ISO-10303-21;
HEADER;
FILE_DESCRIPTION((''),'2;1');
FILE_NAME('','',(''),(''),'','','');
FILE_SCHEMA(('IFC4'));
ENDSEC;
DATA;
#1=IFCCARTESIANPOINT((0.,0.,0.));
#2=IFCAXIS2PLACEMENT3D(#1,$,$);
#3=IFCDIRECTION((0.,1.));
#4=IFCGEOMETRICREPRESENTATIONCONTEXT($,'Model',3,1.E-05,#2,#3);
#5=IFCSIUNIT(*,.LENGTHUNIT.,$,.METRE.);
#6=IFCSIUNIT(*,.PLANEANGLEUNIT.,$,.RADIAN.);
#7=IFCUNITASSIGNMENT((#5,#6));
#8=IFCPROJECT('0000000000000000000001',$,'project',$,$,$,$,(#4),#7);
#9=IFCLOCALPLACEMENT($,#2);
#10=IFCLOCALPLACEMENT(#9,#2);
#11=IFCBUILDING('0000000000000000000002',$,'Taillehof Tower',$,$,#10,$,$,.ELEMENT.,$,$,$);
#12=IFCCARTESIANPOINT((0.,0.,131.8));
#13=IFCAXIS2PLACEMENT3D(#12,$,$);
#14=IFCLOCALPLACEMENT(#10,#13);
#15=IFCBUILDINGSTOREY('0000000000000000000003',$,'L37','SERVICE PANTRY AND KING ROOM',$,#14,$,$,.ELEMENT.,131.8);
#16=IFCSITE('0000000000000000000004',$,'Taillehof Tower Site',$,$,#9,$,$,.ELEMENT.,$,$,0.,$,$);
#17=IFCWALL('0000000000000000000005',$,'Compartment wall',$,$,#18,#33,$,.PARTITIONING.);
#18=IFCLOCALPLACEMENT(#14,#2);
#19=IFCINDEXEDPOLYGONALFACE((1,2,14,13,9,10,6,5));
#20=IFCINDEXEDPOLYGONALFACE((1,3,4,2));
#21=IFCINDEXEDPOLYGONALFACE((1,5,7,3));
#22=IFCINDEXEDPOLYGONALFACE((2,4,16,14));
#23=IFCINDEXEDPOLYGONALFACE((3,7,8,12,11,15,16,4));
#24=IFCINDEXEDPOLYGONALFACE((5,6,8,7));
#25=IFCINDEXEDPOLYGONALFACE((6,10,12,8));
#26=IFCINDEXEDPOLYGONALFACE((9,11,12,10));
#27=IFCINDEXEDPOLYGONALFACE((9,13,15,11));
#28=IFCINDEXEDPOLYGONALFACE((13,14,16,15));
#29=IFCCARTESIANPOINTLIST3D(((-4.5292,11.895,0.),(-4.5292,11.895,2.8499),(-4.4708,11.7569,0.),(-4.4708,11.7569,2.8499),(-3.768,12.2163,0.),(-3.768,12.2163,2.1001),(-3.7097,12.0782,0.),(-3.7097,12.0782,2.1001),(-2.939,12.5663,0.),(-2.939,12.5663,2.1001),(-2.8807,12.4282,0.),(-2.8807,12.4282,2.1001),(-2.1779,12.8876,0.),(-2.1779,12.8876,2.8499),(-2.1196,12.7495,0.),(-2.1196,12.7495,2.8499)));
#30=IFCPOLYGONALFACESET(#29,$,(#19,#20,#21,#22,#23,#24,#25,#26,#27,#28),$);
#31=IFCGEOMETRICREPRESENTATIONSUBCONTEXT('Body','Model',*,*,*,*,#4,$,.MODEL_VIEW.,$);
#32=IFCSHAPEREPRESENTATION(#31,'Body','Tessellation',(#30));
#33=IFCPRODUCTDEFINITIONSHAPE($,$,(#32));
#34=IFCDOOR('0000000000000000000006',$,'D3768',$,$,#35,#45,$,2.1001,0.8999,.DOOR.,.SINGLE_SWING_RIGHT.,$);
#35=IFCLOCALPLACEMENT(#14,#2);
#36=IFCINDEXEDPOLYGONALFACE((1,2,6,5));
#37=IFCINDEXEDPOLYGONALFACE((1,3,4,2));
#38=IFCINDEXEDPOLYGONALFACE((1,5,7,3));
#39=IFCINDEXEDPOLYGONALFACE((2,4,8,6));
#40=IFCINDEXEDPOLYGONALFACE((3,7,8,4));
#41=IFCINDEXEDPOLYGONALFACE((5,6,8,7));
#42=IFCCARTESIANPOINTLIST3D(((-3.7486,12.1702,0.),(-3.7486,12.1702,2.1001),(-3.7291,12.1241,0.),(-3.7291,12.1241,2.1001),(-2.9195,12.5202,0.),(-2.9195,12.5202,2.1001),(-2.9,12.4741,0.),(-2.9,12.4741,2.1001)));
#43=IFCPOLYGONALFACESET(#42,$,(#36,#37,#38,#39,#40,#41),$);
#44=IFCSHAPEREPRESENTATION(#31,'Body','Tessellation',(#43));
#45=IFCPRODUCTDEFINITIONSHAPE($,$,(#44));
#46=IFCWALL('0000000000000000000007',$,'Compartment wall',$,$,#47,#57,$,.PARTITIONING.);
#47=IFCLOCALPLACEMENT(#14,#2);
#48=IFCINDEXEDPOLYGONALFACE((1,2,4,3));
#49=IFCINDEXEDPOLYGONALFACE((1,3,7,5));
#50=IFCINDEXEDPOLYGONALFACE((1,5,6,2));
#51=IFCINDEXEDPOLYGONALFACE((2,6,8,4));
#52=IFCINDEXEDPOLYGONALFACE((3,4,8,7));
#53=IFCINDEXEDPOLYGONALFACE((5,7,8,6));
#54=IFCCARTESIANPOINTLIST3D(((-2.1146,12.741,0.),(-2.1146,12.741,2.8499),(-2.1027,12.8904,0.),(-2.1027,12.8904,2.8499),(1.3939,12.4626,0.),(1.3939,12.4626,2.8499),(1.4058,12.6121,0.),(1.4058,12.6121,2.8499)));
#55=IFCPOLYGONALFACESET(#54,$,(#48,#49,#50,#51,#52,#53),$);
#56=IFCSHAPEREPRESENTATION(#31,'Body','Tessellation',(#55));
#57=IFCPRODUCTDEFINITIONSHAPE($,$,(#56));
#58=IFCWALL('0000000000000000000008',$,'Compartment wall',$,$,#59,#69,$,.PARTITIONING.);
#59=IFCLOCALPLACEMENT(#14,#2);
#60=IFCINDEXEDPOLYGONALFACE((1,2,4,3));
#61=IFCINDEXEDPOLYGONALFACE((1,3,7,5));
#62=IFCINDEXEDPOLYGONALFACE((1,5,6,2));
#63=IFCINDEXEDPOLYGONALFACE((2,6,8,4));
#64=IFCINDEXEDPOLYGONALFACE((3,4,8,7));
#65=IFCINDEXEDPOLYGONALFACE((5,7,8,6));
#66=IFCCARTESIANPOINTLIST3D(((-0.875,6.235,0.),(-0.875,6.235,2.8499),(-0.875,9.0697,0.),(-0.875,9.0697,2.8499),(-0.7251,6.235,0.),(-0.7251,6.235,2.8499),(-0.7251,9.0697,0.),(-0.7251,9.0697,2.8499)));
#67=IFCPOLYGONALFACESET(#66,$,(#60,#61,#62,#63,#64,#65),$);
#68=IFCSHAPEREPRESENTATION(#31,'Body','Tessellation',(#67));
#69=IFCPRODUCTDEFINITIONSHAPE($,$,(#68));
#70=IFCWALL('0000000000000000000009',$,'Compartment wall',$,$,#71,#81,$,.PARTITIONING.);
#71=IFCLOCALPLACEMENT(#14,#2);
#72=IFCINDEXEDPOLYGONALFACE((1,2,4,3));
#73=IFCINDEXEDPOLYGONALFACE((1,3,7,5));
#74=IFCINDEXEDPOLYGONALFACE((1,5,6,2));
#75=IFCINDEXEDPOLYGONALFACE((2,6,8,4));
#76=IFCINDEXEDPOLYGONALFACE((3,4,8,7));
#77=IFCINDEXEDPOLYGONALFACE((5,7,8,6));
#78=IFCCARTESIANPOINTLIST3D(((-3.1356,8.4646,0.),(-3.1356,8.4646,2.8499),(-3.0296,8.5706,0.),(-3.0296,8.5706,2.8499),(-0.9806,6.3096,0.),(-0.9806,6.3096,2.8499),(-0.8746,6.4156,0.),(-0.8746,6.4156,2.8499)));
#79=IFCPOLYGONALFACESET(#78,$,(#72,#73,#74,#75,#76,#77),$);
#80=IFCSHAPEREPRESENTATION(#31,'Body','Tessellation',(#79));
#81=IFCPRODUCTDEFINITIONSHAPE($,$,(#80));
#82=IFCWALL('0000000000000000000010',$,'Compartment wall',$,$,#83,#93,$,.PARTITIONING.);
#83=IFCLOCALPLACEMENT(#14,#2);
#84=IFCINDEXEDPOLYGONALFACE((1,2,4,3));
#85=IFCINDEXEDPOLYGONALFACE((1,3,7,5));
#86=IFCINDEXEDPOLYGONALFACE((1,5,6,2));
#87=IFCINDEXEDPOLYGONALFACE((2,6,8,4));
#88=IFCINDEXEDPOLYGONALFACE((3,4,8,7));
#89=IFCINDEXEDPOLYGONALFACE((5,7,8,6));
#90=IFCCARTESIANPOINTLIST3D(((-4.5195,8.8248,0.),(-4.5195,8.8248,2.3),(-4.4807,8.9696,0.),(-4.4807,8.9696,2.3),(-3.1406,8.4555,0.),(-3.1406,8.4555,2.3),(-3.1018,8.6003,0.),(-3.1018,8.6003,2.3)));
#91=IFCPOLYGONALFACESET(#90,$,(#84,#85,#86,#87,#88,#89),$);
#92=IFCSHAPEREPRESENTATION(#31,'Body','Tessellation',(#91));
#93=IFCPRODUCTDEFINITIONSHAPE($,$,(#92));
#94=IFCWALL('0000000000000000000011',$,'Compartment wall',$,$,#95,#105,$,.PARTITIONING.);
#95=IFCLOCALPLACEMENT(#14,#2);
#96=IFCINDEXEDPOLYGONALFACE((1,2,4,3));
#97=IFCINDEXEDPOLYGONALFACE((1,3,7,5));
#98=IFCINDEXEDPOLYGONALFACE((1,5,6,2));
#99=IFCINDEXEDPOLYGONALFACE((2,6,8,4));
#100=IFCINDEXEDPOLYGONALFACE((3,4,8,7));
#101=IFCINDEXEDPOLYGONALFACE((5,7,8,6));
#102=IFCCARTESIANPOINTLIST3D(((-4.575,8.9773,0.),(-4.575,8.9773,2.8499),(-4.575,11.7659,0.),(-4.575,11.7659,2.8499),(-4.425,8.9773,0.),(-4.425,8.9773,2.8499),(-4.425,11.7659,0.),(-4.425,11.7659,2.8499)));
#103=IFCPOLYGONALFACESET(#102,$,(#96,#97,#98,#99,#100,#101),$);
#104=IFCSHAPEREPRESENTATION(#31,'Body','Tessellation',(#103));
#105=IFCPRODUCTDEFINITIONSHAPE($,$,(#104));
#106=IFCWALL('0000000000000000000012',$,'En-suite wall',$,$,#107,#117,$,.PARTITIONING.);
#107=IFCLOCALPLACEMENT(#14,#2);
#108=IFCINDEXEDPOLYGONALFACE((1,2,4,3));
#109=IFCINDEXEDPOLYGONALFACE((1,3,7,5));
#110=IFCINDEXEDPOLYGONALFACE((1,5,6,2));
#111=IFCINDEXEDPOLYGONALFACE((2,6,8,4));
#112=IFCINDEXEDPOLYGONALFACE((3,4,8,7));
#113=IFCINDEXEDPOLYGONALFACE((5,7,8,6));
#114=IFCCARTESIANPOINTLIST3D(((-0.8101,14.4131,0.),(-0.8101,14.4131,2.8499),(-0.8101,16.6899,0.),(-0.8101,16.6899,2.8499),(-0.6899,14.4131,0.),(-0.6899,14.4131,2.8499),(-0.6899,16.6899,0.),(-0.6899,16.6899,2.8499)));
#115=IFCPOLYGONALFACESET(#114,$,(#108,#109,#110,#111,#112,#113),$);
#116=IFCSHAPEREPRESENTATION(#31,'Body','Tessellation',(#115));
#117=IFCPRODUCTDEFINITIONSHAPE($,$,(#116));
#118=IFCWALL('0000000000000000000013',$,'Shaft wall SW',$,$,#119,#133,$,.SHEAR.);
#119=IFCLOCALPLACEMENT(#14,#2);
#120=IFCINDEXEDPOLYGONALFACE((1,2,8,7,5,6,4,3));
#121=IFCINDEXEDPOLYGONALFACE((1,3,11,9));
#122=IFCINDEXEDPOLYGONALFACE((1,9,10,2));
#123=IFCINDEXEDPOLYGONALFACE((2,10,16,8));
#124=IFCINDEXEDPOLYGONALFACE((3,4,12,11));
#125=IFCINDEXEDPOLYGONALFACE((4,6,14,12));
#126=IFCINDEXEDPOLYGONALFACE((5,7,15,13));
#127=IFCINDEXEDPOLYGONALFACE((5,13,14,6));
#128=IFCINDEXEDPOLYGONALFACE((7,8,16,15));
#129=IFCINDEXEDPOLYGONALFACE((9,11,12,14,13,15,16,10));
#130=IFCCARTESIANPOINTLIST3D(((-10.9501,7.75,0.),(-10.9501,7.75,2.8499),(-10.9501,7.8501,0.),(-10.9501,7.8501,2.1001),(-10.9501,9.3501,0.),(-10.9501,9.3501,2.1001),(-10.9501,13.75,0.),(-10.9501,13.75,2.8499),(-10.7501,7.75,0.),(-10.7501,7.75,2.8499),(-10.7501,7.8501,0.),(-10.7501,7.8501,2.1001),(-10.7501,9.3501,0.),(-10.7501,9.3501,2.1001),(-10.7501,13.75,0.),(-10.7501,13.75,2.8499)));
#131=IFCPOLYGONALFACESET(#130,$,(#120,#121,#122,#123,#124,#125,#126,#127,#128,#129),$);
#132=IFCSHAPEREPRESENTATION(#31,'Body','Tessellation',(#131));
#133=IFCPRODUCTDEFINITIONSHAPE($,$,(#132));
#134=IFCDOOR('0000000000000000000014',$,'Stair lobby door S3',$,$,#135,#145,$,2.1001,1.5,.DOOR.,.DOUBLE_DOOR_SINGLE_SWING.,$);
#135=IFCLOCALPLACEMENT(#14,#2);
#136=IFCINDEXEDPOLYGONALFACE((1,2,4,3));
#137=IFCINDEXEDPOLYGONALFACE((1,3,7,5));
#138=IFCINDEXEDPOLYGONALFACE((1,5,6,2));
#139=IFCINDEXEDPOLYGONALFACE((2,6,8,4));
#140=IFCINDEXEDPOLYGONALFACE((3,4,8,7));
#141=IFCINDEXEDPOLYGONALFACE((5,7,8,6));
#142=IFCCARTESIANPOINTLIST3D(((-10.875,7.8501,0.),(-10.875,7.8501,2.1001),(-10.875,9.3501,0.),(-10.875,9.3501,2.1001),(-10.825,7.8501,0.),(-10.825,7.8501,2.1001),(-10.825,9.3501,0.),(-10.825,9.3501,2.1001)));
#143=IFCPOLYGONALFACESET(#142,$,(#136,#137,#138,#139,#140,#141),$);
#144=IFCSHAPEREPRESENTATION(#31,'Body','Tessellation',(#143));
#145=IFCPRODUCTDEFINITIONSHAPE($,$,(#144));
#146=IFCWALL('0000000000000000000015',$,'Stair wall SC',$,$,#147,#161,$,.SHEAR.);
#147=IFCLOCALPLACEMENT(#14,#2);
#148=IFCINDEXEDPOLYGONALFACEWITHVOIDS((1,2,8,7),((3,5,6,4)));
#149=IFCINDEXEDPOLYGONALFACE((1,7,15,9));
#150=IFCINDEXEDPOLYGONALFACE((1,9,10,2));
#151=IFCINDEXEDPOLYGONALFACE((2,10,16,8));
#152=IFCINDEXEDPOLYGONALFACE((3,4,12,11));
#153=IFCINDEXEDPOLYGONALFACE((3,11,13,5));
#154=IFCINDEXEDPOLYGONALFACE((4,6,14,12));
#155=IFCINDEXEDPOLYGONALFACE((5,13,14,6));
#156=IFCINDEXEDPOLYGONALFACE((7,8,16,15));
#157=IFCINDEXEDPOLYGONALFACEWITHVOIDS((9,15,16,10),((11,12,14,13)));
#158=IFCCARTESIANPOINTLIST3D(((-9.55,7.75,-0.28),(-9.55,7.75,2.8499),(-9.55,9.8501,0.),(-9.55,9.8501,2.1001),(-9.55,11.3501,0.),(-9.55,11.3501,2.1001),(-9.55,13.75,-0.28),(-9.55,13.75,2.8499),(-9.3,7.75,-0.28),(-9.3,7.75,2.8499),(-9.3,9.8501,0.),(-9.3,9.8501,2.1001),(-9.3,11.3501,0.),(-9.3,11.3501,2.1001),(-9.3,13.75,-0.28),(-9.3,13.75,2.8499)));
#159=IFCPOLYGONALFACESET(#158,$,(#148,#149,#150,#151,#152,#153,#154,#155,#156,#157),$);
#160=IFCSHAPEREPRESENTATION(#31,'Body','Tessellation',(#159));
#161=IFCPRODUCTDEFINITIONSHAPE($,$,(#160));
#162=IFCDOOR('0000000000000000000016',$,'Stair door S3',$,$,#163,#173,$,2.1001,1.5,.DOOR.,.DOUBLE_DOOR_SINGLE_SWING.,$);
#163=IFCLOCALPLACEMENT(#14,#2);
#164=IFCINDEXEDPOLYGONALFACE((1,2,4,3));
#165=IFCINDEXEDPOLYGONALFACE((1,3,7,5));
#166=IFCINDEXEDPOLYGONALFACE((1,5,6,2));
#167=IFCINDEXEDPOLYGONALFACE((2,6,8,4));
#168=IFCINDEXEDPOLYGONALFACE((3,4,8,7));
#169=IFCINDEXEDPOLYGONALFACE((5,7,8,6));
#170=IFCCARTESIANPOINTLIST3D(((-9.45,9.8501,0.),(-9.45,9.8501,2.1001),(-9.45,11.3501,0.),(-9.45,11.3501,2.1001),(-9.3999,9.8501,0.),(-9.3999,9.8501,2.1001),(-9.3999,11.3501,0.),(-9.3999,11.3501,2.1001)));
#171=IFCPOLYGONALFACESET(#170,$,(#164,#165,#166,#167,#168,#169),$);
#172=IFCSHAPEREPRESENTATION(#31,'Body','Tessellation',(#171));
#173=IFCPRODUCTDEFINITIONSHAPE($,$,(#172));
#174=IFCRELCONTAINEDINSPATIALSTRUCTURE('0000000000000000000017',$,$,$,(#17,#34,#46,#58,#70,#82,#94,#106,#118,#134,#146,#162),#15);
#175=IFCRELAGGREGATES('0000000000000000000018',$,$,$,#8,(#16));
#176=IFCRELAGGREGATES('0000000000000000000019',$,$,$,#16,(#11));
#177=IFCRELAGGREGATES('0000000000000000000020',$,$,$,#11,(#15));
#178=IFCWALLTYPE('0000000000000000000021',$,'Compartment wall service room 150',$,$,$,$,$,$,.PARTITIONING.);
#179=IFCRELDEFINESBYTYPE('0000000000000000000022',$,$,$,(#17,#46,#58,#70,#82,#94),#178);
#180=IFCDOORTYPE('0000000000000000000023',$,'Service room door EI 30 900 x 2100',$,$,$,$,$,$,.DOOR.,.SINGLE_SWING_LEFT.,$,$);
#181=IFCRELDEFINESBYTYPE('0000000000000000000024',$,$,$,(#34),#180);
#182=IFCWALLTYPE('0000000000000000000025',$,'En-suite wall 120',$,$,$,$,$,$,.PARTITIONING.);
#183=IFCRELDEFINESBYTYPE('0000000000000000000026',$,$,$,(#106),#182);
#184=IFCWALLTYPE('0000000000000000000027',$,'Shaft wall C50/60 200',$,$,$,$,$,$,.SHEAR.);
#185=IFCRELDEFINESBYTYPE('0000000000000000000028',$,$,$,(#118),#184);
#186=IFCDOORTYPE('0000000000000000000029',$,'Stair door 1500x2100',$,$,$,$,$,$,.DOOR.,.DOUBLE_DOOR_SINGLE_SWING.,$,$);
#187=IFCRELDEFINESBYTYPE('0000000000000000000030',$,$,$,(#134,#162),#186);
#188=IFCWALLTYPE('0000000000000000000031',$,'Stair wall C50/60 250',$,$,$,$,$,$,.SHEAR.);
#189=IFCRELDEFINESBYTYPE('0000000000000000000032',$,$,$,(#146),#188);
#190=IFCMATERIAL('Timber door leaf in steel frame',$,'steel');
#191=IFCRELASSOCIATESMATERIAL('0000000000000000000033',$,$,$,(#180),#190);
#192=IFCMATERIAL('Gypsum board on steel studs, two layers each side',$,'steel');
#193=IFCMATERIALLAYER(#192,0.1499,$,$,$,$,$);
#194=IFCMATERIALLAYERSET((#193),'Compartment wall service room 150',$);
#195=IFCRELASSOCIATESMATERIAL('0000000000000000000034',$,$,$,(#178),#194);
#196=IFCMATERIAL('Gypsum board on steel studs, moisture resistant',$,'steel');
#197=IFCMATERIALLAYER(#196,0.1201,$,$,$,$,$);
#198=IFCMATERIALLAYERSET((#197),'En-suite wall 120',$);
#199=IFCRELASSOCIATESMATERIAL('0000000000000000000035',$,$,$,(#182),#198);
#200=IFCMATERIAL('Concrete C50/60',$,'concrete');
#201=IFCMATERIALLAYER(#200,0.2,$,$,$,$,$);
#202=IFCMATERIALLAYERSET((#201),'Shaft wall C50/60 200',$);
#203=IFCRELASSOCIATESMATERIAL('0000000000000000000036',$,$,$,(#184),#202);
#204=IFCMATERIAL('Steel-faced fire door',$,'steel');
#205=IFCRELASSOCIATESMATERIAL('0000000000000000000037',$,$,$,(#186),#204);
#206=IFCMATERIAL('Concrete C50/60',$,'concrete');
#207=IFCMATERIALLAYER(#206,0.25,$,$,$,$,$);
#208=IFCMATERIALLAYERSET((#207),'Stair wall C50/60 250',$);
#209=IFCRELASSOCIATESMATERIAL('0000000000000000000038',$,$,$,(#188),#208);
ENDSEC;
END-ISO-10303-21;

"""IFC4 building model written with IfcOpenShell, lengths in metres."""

from ifc_helpers import new_model, si_unit, direction, frame, frame_2d, origin, place, context, subcontext, project, spatial, rectangle, extrude, material, layer, layer_set, type_object, element, fill, save


model = new_model("IFC4")

# Units and contexts
model_context = context("Model", 3, precision=1e-05, world=origin(), true_north=direction((0.0, 1.0)))
body_context = subcontext(model_context, "Body", "Model", "MODEL_VIEW")
ifc_project = project(units=[si_unit("LENGTHUNIT", "METRE"), si_unit("PLANEANGLEUNIT", "RADIAN")], contexts=[model_context])

# Site, building, storey
site_placement = place(None, origin())
site = spatial("IfcSite", under=ifc_project, at=site_placement, Name="Taillehof Tower Site", CompositionType="ELEMENT", RefElevation=0.0)
building_placement = place(site_placement, origin())
building = spatial("IfcBuilding", under=site, at=building_placement, Name="Taillehof Tower", CompositionType="ELEMENT")
storey_placement = place(building_placement, frame((0.0, 0.0, 131.8)))
storey = spatial("IfcBuildingStorey", under=building, at=storey_placement, Name="L37", Description="SERVICE PANTRY AND KING ROOM", CompositionType="ELEMENT", Elevation=131.8)

# Shared definitions
ifc_material_1 = material(Name="Timber door leaf in steel frame", Category="steel")
door_type_1 = type_object("IfcDoorType", Name="Service room door EI 30 900 x 2100", OperationType="SINGLE_SWING_LEFT", PredefinedType="DOOR", material=ifc_material_1)

# Wall, opening, door
ifc_material_2 = material(Name="Gypsum board on steel studs, two layers each side", Category="steel")
ifc_layer_1 = layer(ifc_material_2, 0.1499)
ifc_layer_set_1 = layer_set([ifc_layer_1], Name="Compartment wall service room 150")
wall_type_1 = type_object("IfcWallType", Name="Compartment wall service room 150", PredefinedType="PARTITIONING", material=ifc_layer_set_1)
wall_1_placement = place(storey_placement, frame((-4.5, 11.8259, 0.0), z_axis=(0.0, 0.0, 1.0), x_axis=(0.921264, 0.388938, 0.0)))
wall_1 = element("IfcWall", 1, at=wall_1_placement, inside=storey, type_object=wall_type_1, Name="Compartment wall", PredefinedType="PARTITIONING", context=body_context, shape_type="SweptSolid", body=[
    extrude(rectangle(XDim=2.5522, YDim=0.1499, at=frame_2d((1.2761, 0.0))), origin(), (0.0, 0.0, 1.0), 2.8499),
])
opening_1_placement = place(wall_1_placement, frame((0.8262, 0.0, 0.0)))
opening_1 = element("IfcOpeningElement", 2, at=opening_1_placement, cuts=wall_1, PredefinedType="OPENING", context=body_context, shape_type="SweptSolid", body=[
    extrude(rectangle(XDim=0.8999, YDim=2.1001, at=frame_2d((0.45, 1.05))), frame((0.0, 0.085, 0.0), z_axis=(0.0, -1.0, 0.0), x_axis=(1.0, 0.0, 0.0)), (0.0, 0.0, 1.0), 0.1699),
])
door_1_placement = place(opening_1_placement, origin())
door_1 = element("IfcDoor", 3, at=door_1_placement, inside=storey, type_object=door_type_1, Name="D3768", OperationType="SINGLE_SWING_RIGHT", OverallHeight=2.1001, OverallWidth=0.8999, PredefinedType="DOOR", context=body_context, shape_type="SweptSolid", body=[
    extrude(rectangle(XDim=0.8999, YDim=2.1001, at=frame_2d((0.45, 1.05))), frame((0.0, 0.0249, 0.0), z_axis=(0.0, -1.0, 0.0), x_axis=(1.0, 0.0, 0.0)), (0.0, 0.0, 1.0), 0.05),
])
fill(opening_1, door_1)

# Walls
wall_2_placement = place(storey_placement, frame((-2.1086, 12.8157, 0.0), z_axis=(0.0, 0.0, 1.0), x_axis=(0.996868, -0.079078, 0.0)))
element("IfcWall", 4, at=wall_2_placement, inside=storey, type_object=wall_type_1, Name="Compartment wall", PredefinedType="PARTITIONING", context=body_context, shape_type="SweptSolid", body=[
    extrude(rectangle(XDim=3.5195, YDim=0.1499, at=frame_2d((1.7598, 0.0))), origin(), (0.0, 0.0, 1.0), 2.8499),
])
wall_3_placement = place(storey_placement, frame((-0.8, 9.0698, 0.0), z_axis=(0.0, 0.0, 1.0), x_axis=(0.0, -1.0, 0.0)))
element("IfcWall", 5, at=wall_3_placement, inside=storey, type_object=wall_type_1, Name="Compartment wall", PredefinedType="PARTITIONING", context=body_context, shape_type="SweptSolid", body=[
    extrude(rectangle(XDim=2.8347, YDim=0.1499, at=frame_2d((1.4175, 0.0))), origin(), (0.0, 0.0, 1.0), 2.8499),
])
wall_4_placement = place(storey_placement, frame((-0.9275, 6.3625, 0.0), z_axis=(0.0, 0.0, 1.0), x_axis=(-0.707107, 0.707107, 0.0)))
element("IfcWall", 6, at=wall_4_placement, inside=storey, type_object=wall_type_1, Name="Compartment wall", PredefinedType="PARTITIONING", context=body_context, shape_type="SweptSolid", body=[
    extrude(rectangle(XDim=3.0476, YDim=0.1499, at=frame_2d((1.5239, 0.0))), origin(), (0.0, 0.0, 1.0), 2.8499),
])
wall_5_placement = place(storey_placement, frame((-3.1211, 8.5278, 0.0), z_axis=(0.0, 0.0, 1.0), x_axis=(-0.965942, 0.258759, 0.0)))
element("IfcWall", 7, at=wall_5_placement, inside=storey, type_object=wall_type_1, Name="Compartment wall", PredefinedType="PARTITIONING", context=body_context, shape_type="SweptSolid", body=[
    extrude(rectangle(XDim=1.4275, YDim=0.1499, at=frame_2d((0.7139, 0.0))), origin(), (0.0, 0.0, 1.0), 2.3),
])
wall_6_placement = place(storey_placement, frame((-4.5, 8.9773, 0.0), z_axis=(0.0, 0.0, 1.0), x_axis=(0.0, 1.0, 0.0)))
element("IfcWall", 8, at=wall_6_placement, inside=storey, type_object=wall_type_1, Name="Compartment wall", PredefinedType="PARTITIONING", context=body_context, shape_type="SweptSolid", body=[
    extrude(rectangle(XDim=2.7886, YDim=0.1499, at=frame_2d((1.3943, 0.0))), origin(), (0.0, 0.0, 1.0), 2.8499),
])
ifc_material_3 = material(Name="Gypsum board on steel studs, moisture resistant", Category="steel")
ifc_layer_2 = layer(ifc_material_3, 0.1201)
ifc_layer_set_2 = layer_set([ifc_layer_2], Name="En-suite wall 120")
wall_type_2 = type_object("IfcWallType", Name="En-suite wall 120", PredefinedType="PARTITIONING", material=ifc_layer_set_2)
wall_7_placement = place(storey_placement, frame((-0.75, 14.4131, 0.0), z_axis=(0.0, 0.0, 1.0), x_axis=(0.0, 1.0, 0.0)))
element("IfcWall", 9, at=wall_7_placement, inside=storey, type_object=wall_type_2, Name="En-suite wall", PredefinedType="PARTITIONING", context=body_context, shape_type="SweptSolid", body=[
    extrude(rectangle(XDim=2.2769, YDim=0.1201, at=frame_2d((1.1384, 0.0))), origin(), (0.0, 0.0, 1.0), 2.8499),
])

# Walls, openings, doors
ifc_material_4 = material(Name="Concrete C50/60", Category="concrete")
ifc_layer_3 = layer(ifc_material_4, 0.2)
ifc_layer_set_3 = layer_set([ifc_layer_3], Name="Shaft wall C50/60 200")
wall_type_3 = type_object("IfcWallType", Name="Shaft wall C50/60 200", PredefinedType="SHEAR", material=ifc_layer_set_3)
wall_8_placement = place(storey_placement, frame((-10.8501, 7.75, 0.0), z_axis=(0.0, 0.0, 1.0), x_axis=(0.0, 1.0, 0.0)))
wall_8 = element("IfcWall", 10, at=wall_8_placement, inside=storey, type_object=wall_type_3, Name="Shaft wall SW", PredefinedType="SHEAR", context=body_context, shape_type="SweptSolid", body=[
    extrude(rectangle(XDim=6.0, YDim=0.2, at=frame_2d((3.0, 0.0))), origin(), (0.0, 0.0, 1.0), 2.8499),
])
opening_2_placement = place(wall_8_placement, frame((0.1001, 0.0, 0.0)))
opening_2 = element("IfcOpeningElement", 11, at=opening_2_placement, cuts=wall_8, PredefinedType="OPENING", context=body_context, shape_type="SweptSolid", body=[
    extrude(rectangle(XDim=1.5, YDim=2.1001, at=frame_2d((0.75, 1.05))), frame((0.0, 0.1099, 0.0), z_axis=(0.0, -1.0, 0.0), x_axis=(1.0, 0.0, 0.0)), (0.0, 0.0, 1.0), 0.22),
])
ifc_material_5 = material(Name="Steel-faced fire door", Category="steel")
door_type_2 = type_object("IfcDoorType", Name="Stair door 1500x2100", OperationType="DOUBLE_DOOR_SINGLE_SWING", PredefinedType="DOOR", material=ifc_material_5)
door_2_placement = place(opening_2_placement, origin())
door_2 = element("IfcDoor", 12, at=door_2_placement, inside=storey, type_object=door_type_2, Name="Stair lobby door S3", OperationType="DOUBLE_DOOR_SINGLE_SWING", OverallHeight=2.1001, OverallWidth=1.5, PredefinedType="DOOR", context=body_context, shape_type="SweptSolid", body=[
    extrude(rectangle(XDim=1.5, YDim=2.1001, at=frame_2d((0.75, 1.05))), frame((0.0, 0.0249, 0.0), z_axis=(0.0, -1.0, 0.0), x_axis=(1.0, 0.0, 0.0)), (0.0, 0.0, 1.0), 0.05),
])
fill(opening_2, door_2)
ifc_material_6 = material(Name="Concrete C50/60", Category="concrete")
ifc_layer_4 = layer(ifc_material_6, 0.25)
ifc_layer_set_4 = layer_set([ifc_layer_4], Name="Stair wall C50/60 250")
wall_type_4 = type_object("IfcWallType", Name="Stair wall C50/60 250", PredefinedType="SHEAR", material=ifc_layer_set_4)
wall_9_placement = place(storey_placement, frame((-9.425, 7.75, -0.28), z_axis=(0.0, 0.0, 1.0), x_axis=(0.0, 1.0, 0.0)))
wall_9 = element("IfcWall", 13, at=wall_9_placement, inside=storey, type_object=wall_type_4, Name="Stair wall SC", PredefinedType="SHEAR", context=body_context, shape_type="SweptSolid", body=[
    extrude(rectangle(XDim=6.0, YDim=0.25, at=frame_2d((3.0, 0.0))), origin(), (0.0, 0.0, 1.0), 3.1299),
])
opening_3_placement = place(wall_9_placement, frame((2.1001, 0.0, 0.28)))
opening_3 = element("IfcOpeningElement", 14, at=opening_3_placement, cuts=wall_9, PredefinedType="OPENING", context=body_context, shape_type="SweptSolid", body=[
    extrude(rectangle(XDim=1.5, YDim=2.1001, at=frame_2d((0.75, 1.05))), frame((0.0, 0.135, 0.0), z_axis=(0.0, -1.0, 0.0), x_axis=(1.0, 0.0, 0.0)), (0.0, 0.0, 1.0), 0.27),
])
door_3_placement = place(opening_3_placement, origin())
door_3 = element("IfcDoor", 15, at=door_3_placement, inside=storey, type_object=door_type_2, Name="Stair door S3", OperationType="DOUBLE_DOOR_SINGLE_SWING", OverallHeight=2.1001, OverallWidth=1.5, PredefinedType="DOOR", context=body_context, shape_type="SweptSolid", body=[
    extrude(rectangle(XDim=1.5, YDim=2.1001, at=frame_2d((0.75, 1.05))), frame((0.0, 0.0249, 0.0), z_axis=(0.0, -1.0, 0.0), x_axis=(1.0, 0.0, 0.0)), (0.0, 0.0, 1.0), 0.05),
])
fill(opening_3, door_3)

save(model, "model.ifc")
